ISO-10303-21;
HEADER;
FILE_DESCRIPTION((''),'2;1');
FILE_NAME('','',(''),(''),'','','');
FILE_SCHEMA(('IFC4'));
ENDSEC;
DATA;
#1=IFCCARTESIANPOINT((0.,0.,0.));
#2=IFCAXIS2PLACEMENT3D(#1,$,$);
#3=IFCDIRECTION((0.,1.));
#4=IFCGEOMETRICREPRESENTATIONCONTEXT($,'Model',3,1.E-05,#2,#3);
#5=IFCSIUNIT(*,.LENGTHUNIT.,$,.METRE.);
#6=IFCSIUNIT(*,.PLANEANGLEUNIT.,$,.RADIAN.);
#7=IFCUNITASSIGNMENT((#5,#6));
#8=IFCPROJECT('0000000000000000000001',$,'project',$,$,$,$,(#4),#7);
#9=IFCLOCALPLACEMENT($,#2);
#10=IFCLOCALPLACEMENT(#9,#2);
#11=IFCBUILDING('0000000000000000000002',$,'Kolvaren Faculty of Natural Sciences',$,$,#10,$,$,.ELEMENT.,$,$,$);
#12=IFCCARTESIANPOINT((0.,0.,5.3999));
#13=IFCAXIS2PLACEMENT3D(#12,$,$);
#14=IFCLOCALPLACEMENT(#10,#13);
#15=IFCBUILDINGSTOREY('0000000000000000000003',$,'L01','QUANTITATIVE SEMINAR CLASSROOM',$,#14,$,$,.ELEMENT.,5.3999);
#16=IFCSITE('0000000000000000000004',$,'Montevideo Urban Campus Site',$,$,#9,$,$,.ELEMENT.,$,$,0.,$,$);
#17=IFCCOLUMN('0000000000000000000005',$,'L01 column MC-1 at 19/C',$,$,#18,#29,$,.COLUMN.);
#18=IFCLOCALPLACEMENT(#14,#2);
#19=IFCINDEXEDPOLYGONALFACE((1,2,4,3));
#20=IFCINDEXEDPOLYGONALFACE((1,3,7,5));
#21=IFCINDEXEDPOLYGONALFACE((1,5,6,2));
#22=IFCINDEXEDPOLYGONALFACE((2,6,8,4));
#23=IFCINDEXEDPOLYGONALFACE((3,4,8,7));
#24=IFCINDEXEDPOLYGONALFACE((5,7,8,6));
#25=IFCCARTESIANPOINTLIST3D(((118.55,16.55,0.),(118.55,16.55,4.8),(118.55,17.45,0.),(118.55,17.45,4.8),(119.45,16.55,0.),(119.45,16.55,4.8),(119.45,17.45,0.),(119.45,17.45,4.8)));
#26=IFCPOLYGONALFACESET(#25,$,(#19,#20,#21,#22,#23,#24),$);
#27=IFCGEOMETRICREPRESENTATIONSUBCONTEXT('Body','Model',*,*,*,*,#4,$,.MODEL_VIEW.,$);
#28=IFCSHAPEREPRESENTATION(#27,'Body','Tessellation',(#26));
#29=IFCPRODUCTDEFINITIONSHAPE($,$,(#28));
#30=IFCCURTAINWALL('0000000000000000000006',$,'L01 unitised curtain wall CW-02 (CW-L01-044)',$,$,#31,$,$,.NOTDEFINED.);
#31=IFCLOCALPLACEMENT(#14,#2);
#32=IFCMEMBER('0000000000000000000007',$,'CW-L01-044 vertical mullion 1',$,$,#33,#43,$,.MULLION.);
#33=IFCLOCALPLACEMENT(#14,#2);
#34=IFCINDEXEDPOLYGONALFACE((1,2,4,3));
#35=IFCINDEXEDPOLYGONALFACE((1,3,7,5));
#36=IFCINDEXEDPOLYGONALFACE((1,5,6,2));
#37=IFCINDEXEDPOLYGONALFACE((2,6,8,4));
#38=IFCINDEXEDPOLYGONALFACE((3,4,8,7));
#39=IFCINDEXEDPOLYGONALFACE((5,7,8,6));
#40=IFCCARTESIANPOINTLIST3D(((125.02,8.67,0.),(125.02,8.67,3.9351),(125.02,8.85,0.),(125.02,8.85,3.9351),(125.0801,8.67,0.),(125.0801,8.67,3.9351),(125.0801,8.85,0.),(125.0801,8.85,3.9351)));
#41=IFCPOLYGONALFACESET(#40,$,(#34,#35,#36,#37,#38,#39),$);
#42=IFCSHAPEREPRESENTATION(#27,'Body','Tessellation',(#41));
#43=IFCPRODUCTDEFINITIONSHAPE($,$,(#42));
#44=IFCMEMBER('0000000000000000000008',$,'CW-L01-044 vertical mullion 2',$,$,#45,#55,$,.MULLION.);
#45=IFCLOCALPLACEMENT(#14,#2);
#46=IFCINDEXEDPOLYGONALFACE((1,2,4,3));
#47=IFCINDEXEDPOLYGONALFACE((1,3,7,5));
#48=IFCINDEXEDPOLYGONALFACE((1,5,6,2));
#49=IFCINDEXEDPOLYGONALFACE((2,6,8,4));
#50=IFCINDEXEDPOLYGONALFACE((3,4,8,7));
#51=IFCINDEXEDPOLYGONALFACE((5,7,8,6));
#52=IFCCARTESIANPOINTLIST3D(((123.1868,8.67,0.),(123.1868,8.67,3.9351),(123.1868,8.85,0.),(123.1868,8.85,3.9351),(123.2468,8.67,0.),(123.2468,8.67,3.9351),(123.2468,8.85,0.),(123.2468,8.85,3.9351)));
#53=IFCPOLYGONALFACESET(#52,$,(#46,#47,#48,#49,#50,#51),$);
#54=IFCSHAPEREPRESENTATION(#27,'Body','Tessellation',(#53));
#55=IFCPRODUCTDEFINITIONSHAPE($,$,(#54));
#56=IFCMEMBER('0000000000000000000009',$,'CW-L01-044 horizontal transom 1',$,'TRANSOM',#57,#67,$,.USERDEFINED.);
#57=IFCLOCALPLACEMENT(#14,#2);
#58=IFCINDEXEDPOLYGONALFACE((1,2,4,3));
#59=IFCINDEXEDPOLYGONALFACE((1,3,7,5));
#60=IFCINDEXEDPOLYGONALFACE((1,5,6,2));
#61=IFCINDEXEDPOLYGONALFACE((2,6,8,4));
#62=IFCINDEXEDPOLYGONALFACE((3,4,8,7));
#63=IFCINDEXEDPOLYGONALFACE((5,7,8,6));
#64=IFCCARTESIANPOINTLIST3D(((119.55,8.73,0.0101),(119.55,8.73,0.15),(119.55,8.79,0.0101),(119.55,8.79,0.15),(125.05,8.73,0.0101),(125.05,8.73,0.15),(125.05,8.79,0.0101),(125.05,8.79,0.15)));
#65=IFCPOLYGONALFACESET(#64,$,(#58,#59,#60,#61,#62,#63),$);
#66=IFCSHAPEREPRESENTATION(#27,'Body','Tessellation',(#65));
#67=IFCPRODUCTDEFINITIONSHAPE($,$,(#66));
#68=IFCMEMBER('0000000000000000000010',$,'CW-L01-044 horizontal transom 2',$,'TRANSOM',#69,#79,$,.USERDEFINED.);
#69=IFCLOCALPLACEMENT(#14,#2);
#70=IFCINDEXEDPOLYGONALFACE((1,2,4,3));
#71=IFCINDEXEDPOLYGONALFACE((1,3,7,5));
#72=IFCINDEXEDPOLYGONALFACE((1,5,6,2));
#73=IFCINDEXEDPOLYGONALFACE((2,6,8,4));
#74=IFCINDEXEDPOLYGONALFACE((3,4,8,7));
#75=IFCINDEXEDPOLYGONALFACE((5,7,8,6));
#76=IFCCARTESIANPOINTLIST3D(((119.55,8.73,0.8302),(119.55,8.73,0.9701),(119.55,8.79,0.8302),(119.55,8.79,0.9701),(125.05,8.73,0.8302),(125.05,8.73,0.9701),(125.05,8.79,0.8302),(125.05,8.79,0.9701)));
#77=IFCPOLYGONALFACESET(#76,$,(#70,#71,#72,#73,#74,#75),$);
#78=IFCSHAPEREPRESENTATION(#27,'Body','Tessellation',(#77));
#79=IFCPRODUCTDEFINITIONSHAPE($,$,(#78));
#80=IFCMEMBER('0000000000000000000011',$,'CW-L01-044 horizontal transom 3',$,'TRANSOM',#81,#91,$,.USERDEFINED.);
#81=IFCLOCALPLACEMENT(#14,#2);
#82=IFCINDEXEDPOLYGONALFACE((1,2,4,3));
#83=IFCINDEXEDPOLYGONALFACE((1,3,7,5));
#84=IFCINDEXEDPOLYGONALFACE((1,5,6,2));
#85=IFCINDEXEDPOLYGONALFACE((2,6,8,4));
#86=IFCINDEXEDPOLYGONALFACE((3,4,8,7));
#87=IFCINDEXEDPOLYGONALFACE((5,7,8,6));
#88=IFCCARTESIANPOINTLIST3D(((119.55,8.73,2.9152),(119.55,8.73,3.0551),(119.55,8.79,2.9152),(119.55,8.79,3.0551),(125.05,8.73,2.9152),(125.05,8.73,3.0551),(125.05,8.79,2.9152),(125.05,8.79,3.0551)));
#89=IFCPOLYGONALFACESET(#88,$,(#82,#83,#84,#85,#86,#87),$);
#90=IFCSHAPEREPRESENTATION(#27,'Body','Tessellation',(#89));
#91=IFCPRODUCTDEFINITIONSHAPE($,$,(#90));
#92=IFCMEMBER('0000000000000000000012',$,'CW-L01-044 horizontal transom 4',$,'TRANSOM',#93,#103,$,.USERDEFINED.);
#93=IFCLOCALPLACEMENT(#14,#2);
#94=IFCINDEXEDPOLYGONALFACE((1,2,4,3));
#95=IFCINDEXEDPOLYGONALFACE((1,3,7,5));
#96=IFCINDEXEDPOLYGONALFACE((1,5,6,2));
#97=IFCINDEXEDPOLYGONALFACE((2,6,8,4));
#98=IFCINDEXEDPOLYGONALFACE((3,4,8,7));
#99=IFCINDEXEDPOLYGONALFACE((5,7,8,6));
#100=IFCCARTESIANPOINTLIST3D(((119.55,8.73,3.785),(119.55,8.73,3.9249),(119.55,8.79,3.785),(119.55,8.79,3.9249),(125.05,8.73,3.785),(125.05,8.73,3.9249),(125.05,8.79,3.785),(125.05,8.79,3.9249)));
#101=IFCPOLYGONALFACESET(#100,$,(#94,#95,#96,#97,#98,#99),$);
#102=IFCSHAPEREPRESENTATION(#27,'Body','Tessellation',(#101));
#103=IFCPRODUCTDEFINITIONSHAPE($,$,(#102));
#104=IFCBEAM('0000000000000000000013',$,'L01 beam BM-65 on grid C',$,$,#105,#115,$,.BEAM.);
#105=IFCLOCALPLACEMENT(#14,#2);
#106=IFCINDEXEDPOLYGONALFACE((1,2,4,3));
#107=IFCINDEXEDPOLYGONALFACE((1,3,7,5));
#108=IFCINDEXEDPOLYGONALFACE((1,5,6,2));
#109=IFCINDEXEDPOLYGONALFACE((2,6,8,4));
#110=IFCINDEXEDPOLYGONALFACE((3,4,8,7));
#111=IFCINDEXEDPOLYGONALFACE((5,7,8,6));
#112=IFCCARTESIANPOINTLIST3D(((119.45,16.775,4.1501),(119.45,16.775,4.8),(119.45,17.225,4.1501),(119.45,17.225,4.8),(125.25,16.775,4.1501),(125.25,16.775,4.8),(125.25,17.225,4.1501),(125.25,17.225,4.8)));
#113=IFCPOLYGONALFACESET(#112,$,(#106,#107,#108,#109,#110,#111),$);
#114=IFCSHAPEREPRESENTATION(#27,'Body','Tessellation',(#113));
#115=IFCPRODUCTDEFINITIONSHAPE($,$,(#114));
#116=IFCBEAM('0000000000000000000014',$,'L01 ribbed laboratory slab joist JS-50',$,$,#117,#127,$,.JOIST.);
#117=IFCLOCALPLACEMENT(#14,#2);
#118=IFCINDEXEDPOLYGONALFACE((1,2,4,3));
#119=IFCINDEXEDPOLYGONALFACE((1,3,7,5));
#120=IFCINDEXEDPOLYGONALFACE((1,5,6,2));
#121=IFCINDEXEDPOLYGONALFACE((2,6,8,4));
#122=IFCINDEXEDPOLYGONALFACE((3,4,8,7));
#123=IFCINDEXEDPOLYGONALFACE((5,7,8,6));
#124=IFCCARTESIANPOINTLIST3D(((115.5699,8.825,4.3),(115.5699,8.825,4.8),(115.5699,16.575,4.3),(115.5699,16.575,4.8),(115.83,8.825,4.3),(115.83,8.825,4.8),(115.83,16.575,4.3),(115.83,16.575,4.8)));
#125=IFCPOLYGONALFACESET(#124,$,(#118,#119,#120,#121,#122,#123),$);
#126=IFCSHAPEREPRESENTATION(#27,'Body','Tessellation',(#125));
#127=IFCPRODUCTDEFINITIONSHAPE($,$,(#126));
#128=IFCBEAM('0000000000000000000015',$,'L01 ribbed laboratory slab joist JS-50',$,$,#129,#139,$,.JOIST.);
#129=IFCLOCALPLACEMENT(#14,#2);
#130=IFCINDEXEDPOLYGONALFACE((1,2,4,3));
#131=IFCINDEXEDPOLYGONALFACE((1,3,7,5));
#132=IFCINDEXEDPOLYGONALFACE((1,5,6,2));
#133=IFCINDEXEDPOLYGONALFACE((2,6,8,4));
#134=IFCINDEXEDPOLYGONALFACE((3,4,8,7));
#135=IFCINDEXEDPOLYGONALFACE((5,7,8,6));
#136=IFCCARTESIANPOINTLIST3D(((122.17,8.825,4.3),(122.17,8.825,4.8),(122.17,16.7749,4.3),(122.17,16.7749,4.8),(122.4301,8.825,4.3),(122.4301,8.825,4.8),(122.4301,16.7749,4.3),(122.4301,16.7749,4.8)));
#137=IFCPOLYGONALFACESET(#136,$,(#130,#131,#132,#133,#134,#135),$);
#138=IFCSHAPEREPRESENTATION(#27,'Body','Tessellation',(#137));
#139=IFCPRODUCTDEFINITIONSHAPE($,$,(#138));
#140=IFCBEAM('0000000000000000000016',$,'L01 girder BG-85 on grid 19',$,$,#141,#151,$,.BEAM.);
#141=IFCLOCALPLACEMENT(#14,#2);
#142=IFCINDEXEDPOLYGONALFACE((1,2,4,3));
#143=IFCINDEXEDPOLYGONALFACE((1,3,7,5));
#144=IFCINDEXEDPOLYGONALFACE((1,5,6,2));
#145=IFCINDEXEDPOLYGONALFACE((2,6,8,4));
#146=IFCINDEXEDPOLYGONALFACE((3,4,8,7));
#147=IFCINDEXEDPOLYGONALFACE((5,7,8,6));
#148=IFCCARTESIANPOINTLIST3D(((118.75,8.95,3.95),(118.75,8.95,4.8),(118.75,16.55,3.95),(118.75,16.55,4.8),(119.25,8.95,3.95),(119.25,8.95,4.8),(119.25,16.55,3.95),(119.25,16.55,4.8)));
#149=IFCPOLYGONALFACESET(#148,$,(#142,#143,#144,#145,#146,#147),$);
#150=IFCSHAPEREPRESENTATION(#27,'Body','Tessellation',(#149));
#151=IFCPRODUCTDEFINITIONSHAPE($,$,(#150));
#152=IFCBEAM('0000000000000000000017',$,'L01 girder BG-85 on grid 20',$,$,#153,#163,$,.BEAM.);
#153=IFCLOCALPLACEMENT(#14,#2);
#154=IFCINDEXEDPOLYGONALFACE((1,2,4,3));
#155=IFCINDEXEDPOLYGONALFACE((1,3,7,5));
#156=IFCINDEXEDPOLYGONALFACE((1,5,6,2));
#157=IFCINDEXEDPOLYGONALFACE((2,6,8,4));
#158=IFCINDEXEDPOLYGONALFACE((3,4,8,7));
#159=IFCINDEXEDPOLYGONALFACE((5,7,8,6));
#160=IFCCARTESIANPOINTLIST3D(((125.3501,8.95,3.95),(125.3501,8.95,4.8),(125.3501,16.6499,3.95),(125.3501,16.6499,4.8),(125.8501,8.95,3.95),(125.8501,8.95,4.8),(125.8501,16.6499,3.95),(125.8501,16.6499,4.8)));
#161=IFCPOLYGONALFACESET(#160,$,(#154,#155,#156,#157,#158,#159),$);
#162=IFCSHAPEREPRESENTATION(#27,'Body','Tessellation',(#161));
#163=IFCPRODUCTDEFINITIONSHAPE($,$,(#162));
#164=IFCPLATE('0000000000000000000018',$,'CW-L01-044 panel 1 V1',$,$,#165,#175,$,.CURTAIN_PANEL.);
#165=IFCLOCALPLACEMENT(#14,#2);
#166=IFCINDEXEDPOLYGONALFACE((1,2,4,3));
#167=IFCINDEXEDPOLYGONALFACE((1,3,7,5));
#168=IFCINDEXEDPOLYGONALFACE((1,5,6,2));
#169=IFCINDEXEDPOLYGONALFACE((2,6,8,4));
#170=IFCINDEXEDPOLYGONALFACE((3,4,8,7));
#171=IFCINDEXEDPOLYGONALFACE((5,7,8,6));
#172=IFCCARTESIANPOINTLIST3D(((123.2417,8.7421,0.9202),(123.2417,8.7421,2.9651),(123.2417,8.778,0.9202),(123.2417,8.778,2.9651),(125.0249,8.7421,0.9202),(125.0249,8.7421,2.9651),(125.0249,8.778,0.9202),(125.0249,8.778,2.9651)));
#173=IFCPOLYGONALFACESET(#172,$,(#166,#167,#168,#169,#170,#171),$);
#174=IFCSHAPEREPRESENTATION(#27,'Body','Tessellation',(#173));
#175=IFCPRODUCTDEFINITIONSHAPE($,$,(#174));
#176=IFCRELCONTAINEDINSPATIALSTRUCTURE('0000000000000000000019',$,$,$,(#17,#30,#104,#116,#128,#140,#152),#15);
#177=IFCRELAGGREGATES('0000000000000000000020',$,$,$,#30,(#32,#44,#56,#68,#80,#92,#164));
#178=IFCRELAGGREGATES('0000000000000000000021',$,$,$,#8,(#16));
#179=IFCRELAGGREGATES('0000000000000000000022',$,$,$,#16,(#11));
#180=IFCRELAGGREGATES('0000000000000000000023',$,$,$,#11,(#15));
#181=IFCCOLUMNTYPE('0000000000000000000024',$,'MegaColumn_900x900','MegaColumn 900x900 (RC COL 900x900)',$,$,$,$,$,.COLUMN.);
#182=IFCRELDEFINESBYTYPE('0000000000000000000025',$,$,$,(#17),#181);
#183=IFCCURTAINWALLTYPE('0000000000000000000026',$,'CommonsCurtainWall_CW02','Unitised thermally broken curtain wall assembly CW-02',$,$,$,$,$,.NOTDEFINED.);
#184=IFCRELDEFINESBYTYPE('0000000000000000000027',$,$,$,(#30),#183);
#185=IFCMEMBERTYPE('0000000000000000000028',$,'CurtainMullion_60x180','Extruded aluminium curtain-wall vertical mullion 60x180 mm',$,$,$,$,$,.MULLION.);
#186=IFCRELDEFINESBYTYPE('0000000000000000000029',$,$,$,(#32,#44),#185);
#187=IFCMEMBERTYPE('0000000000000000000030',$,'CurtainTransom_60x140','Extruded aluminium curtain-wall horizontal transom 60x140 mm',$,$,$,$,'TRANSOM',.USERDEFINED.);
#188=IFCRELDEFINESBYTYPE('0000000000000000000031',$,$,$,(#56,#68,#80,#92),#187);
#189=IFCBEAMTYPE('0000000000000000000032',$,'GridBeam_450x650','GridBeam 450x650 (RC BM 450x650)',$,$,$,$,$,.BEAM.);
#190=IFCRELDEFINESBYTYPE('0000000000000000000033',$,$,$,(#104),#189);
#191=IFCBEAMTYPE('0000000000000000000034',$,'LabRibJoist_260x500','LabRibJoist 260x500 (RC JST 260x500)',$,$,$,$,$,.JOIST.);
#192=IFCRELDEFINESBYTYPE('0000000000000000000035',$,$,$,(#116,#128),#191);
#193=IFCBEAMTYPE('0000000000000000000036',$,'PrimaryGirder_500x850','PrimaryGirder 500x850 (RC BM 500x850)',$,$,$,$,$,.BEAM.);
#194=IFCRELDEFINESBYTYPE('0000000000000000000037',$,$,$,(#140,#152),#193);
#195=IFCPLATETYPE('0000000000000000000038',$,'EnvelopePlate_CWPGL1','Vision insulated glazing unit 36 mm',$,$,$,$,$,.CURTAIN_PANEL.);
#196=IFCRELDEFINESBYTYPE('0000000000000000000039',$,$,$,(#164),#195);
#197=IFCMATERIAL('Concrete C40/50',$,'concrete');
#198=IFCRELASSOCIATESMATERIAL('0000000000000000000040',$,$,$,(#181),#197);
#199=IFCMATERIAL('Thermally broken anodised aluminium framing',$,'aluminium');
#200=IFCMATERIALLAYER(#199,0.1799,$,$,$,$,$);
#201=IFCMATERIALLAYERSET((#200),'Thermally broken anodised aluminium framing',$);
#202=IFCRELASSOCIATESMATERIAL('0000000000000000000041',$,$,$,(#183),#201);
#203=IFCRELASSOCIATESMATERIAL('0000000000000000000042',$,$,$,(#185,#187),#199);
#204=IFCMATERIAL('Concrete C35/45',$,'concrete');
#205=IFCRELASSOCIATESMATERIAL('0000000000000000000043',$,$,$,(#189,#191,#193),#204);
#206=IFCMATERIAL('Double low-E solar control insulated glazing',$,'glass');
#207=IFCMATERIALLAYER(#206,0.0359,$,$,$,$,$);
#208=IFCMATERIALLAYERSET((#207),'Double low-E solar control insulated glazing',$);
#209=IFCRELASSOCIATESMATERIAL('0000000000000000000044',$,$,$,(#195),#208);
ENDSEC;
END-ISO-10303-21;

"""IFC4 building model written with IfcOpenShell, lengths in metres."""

from ifc_helpers import new_model, si_unit, direction, frame, origin, origin_2d, place, context, subcontext, project, spatial, rectangle, extrude, material, layer, layer_set, material_profile, profile_set, type_object, element, aggregate, save


model = new_model("IFC4")

# Units and contexts
model_context = context("Model", 3, precision=1e-05, world=origin(), true_north=direction((0.0, 1.0)))
body_context = subcontext(model_context, "Body", "Model", "MODEL_VIEW")
ifc_project = project(units=[si_unit("LENGTHUNIT", "METRE"), si_unit("PLANEANGLEUNIT", "RADIAN")], contexts=[model_context])

# Site, building, storey
site_placement = place(None, origin())
site = spatial("IfcSite", under=ifc_project, at=site_placement, Name="Montevideo Urban Campus Site", CompositionType="ELEMENT", RefElevation=0.0)
building_placement = place(site_placement, origin())
building = spatial("IfcBuilding", under=site, at=building_placement, Name="Kolvaren Faculty of Natural Sciences", CompositionType="ELEMENT")
storey_placement = place(building_placement, frame((0.0, 0.0, 5.3999)))
storey = spatial("IfcBuildingStorey", under=building, at=storey_placement, Name="L01", Description="QUANTITATIVE SEMINAR CLASSROOM", CompositionType="ELEMENT", Elevation=5.3999)

# Column
ifc_material_1 = material(Name="Concrete C40/50", Category="concrete")
ifc_material_profile_1 = material_profile(ifc_material_1, rectangle(XDim=0.8999, YDim=0.8999, at=origin_2d()), Name="RC COL 900x900")
ifc_profile_set_1 = profile_set([ifc_material_profile_1], Name="Concrete C40/50")
column_type = type_object("IfcColumnType", Name="MegaColumn_900x900", Description="MegaColumn 900x900 (RC COL 900x900)", PredefinedType="COLUMN", material=ifc_profile_set_1)
column_placement = place(storey_placement, frame((119.0, 17.0, 0.0), z_axis=(0.0, 0.0, 1.0), x_axis=(1.0, 0.0, 0.0)))
element("IfcColumn", 1, at=column_placement, inside=storey, type_object=column_type, Name="L01 column MC-1 at 19/C", PredefinedType="COLUMN", context=body_context, shape_type="SweptSolid", body=[
    extrude(rectangle(XDim=0.8999, YDim=0.8999, at=origin_2d()), origin(), (0.0, 0.0, 1.0), 4.8),
])

# Curtain wall, members
ifc_material_2 = material(Name="Thermally broken anodised aluminium framing", Category="aluminium")
ifc_layer_1 = layer(ifc_material_2, 0.1799)
ifc_layer_set_1 = layer_set([ifc_layer_1], Name="Thermally broken anodised aluminium framing")
curtain_wall_type = type_object("IfcCurtainWallType", Name="CommonsCurtainWall_CW02", Description="Unitised thermally broken curtain wall assembly CW-02", PredefinedType="NOTDEFINED", material=ifc_layer_set_1)
curtain_wall_placement = place(storey_placement, origin())
curtain_wall = element("IfcCurtainWall", 2, at=curtain_wall_placement, inside=storey, type_object=curtain_wall_type, Name="L01 unitised curtain wall CW-02 (CW-L01-044)", PredefinedType="NOTDEFINED")
ifc_material_profile_2 = material_profile(ifc_material_2, rectangle(XDim=0.0601, YDim=0.1799, at=origin_2d()), Name="ALU MUL 60x180")
ifc_profile_set_2 = profile_set([ifc_material_profile_2], Name="Thermally broken anodised aluminium framing")
member_type_1 = type_object("IfcMemberType", Name="CurtainMullion_60x180", Description="Extruded aluminium curtain-wall vertical mullion 60x180 mm", PredefinedType="MULLION", material=ifc_profile_set_2)
member_1_placement = place(storey_placement, frame((125.05, 8.76, 0.0), z_axis=(0.0, 0.0, 1.0), x_axis=(-1.0, 0.0, 0.0)))
member_1 = element("IfcMember", 3, at=member_1_placement, type_object=member_type_1, Name="CW-L01-044 vertical mullion 1", PredefinedType="MULLION", context=body_context, shape_type="SweptSolid", body=[
    extrude(rectangle(XDim=0.0601, YDim=0.1799, at=origin_2d()), origin(), (0.0, 0.0, 1.0), 3.9351),
])
member_2_placement = place(storey_placement, frame((123.2168, 8.76, 0.0), z_axis=(0.0, 0.0, 1.0), x_axis=(-1.0, 0.0, 0.0)))
member_2 = element("IfcMember", 4, at=member_2_placement, type_object=member_type_1, Name="CW-L01-044 vertical mullion 2", PredefinedType="MULLION", context=body_context, shape_type="SweptSolid", body=[
    extrude(rectangle(XDim=0.0601, YDim=0.1799, at=origin_2d()), origin(), (0.0, 0.0, 1.0), 3.9351),
])
ifc_material_profile_3 = material_profile(ifc_material_2, rectangle(XDim=0.0601, YDim=0.1399, at=origin_2d()), Name="ALU TRN 60x140")
ifc_profile_set_3 = profile_set([ifc_material_profile_3], Name="Thermally broken anodised aluminium framing")
member_type_2 = type_object("IfcMemberType", Name="CurtainTransom_60x140", Description="Extruded aluminium curtain-wall horizontal transom 60x140 mm", ElementType="TRANSOM", PredefinedType="USERDEFINED", material=ifc_profile_set_3)
member_3_placement = place(storey_placement, frame((125.05, 8.76, 0.0801), z_axis=(-1.0, 0.0, 0.0), x_axis=(0.0, -1.0, 0.0)))
member_3 = element("IfcMember", 5, at=member_3_placement, type_object=member_type_2, Name="CW-L01-044 horizontal transom 1", ObjectType="TRANSOM", PredefinedType="USERDEFINED", context=body_context, shape_type="SweptSolid", body=[
    extrude(rectangle(XDim=0.0601, YDim=0.1399, at=origin_2d()), origin(), (0.0, 0.0, 1.0), 5.5),
])
member_4_placement = place(storey_placement, frame((125.05, 8.76, 0.9001), z_axis=(-1.0, 0.0, 0.0), x_axis=(0.0, -1.0, 0.0)))
member_4 = element("IfcMember", 6, at=member_4_placement, type_object=member_type_2, Name="CW-L01-044 horizontal transom 2", ObjectType="TRANSOM", PredefinedType="USERDEFINED", context=body_context, shape_type="SweptSolid", body=[
    extrude(rectangle(XDim=0.0601, YDim=0.1399, at=origin_2d()), origin(), (0.0, 0.0, 1.0), 5.5),
])
member_5_placement = place(storey_placement, frame((125.05, 8.76, 2.9851), z_axis=(-1.0, 0.0, 0.0), x_axis=(0.0, -1.0, 0.0)))
member_5 = element("IfcMember", 7, at=member_5_placement, type_object=member_type_2, Name="CW-L01-044 horizontal transom 3", ObjectType="TRANSOM", PredefinedType="USERDEFINED", context=body_context, shape_type="SweptSolid", body=[
    extrude(rectangle(XDim=0.0601, YDim=0.1399, at=origin_2d()), origin(), (0.0, 0.0, 1.0), 5.5),
])
member_6_placement = place(storey_placement, frame((125.05, 8.76, 3.855), z_axis=(-1.0, 0.0, 0.0), x_axis=(0.0, -1.0, 0.0)))
member_6 = element("IfcMember", 8, at=member_6_placement, type_object=member_type_2, Name="CW-L01-044 horizontal transom 4", ObjectType="TRANSOM", PredefinedType="USERDEFINED", context=body_context, shape_type="SweptSolid", body=[
    extrude(rectangle(XDim=0.0601, YDim=0.1399, at=origin_2d()), origin(), (0.0, 0.0, 1.0), 5.5),
])

# Beams
ifc_material_3 = material(Name="Concrete C35/45", Category="concrete")
ifc_material_profile_4 = material_profile(ifc_material_3, rectangle(XDim=0.45, YDim=0.6499, at=origin_2d()), Name="RC BM 450x650")
ifc_profile_set_4 = profile_set([ifc_material_profile_4], Name="Concrete C35/45")
beam_type_1 = type_object("IfcBeamType", Name="GridBeam_450x650", Description="GridBeam 450x650 (RC BM 450x650)", PredefinedType="BEAM", material=ifc_profile_set_4)
beam_1_placement = place(storey_placement, frame((119.45, 17.0, 4.4751), z_axis=(1.0, 0.0, 0.0), x_axis=(0.0, 1.0, 0.0)))
element("IfcBeam", 9, at=beam_1_placement, inside=storey, type_object=beam_type_1, Name="L01 beam BM-65 on grid C", PredefinedType="BEAM", context=body_context, shape_type="SweptSolid", body=[
    extrude(rectangle(XDim=0.45, YDim=0.6499, at=origin_2d()), origin(), (0.0, 0.0, 1.0), 5.8),
])
ifc_material_profile_5 = material_profile(ifc_material_3, rectangle(XDim=0.26, YDim=0.5, at=origin_2d()), Name="RC JST 260x500")
ifc_profile_set_5 = profile_set([ifc_material_profile_5], Name="Concrete C35/45")
beam_type_2 = type_object("IfcBeamType", Name="LabRibJoist_260x500", Description="LabRibJoist 260x500 (RC JST 260x500)", PredefinedType="JOIST", material=ifc_profile_set_5)
beam_2_placement = place(storey_placement, frame((115.7, 8.825, 4.55), z_axis=(0.0, 1.0, 0.0), x_axis=(-1.0, 0.0, 0.0)))
element("IfcBeam", 10, at=beam_2_placement, inside=storey, type_object=beam_type_2, Name="L01 ribbed laboratory slab joist JS-50", PredefinedType="JOIST", context=body_context, shape_type="SweptSolid", body=[
    extrude(rectangle(XDim=0.26, YDim=0.5, at=origin_2d()), origin(), (0.0, 0.0, 1.0), 7.75),
])
beam_3_placement = place(storey_placement, frame((122.3, 8.825, 4.55), z_axis=(0.0, 1.0, 0.0), x_axis=(-1.0, 0.0, 0.0)))
element("IfcBeam", 11, at=beam_3_placement, inside=storey, type_object=beam_type_2, Name="L01 ribbed laboratory slab joist JS-50", PredefinedType="JOIST", context=body_context, shape_type="SweptSolid", body=[
    extrude(rectangle(XDim=0.26, YDim=0.5, at=origin_2d()), origin(), (0.0, 0.0, 1.0), 7.95),
])
ifc_material_profile_6 = material_profile(ifc_material_3, rectangle(XDim=0.5, YDim=0.8501, at=origin_2d()), Name="RC BM 500x850")
ifc_profile_set_6 = profile_set([ifc_material_profile_6], Name="Concrete C35/45")
beam_type_3 = type_object("IfcBeamType", Name="PrimaryGirder_500x850", Description="PrimaryGirder 500x850 (RC BM 500x850)", PredefinedType="BEAM", material=ifc_profile_set_6)
beam_4_placement = place(storey_placement, frame((119.0, 8.95, 4.375), z_axis=(0.0, 1.0, 0.0), x_axis=(-1.0, 0.0, 0.0)))
element("IfcBeam", 12, at=beam_4_placement, inside=storey, type_object=beam_type_3, Name="L01 girder BG-85 on grid 19", PredefinedType="BEAM", context=body_context, shape_type="SweptSolid", body=[
    extrude(rectangle(XDim=0.5, YDim=0.8501, at=origin_2d()), origin(), (0.0, 0.0, 1.0), 7.6001),
])
beam_5_placement = place(storey_placement, frame((125.6001, 8.95, 4.375), z_axis=(0.0, 1.0, 0.0), x_axis=(-1.0, 0.0, 0.0)))
element("IfcBeam", 13, at=beam_5_placement, inside=storey, type_object=beam_type_3, Name="L01 girder BG-85 on grid 20", PredefinedType="BEAM", context=body_context, shape_type="SweptSolid", body=[
    extrude(rectangle(XDim=0.5, YDim=0.8501, at=origin_2d()), origin(), (0.0, 0.0, 1.0), 7.7),
])

# Plate
ifc_material_4 = material(Name="Double low-E solar control insulated glazing", Category="glass")
ifc_layer_2 = layer(ifc_material_4, 0.0359)
ifc_layer_set_2 = layer_set([ifc_layer_2], Name="Double low-E solar control insulated glazing")
plate_type_1 = type_object("IfcPlateType", Name="EnvelopePlate_CWPGL1", Description="Vision insulated glazing unit 36 mm", PredefinedType="CURTAIN_PANEL", material=ifc_layer_set_2)
plate_1_placement = place(storey_placement, frame((124.1333, 8.76, 0.9202), z_axis=(0.0, 0.0, 1.0), x_axis=(-1.0, 0.0, 0.0)))
plate_1 = element("IfcPlate", 14, at=plate_1_placement, type_object=plate_type_1, Name="CW-L01-044 panel 1 V1", PredefinedType="CURTAIN_PANEL", context=body_context, shape_type="SweptSolid", body=[
    extrude(rectangle(XDim=1.7832, YDim=0.0359, at=origin_2d()), origin(), (0.0, 0.0, 1.0), 2.0449),
])
aggregate(curtain_wall, [member_1, member_2, member_3, member_4, member_5, member_6, plate_1])

save(model, "model.ifc")
